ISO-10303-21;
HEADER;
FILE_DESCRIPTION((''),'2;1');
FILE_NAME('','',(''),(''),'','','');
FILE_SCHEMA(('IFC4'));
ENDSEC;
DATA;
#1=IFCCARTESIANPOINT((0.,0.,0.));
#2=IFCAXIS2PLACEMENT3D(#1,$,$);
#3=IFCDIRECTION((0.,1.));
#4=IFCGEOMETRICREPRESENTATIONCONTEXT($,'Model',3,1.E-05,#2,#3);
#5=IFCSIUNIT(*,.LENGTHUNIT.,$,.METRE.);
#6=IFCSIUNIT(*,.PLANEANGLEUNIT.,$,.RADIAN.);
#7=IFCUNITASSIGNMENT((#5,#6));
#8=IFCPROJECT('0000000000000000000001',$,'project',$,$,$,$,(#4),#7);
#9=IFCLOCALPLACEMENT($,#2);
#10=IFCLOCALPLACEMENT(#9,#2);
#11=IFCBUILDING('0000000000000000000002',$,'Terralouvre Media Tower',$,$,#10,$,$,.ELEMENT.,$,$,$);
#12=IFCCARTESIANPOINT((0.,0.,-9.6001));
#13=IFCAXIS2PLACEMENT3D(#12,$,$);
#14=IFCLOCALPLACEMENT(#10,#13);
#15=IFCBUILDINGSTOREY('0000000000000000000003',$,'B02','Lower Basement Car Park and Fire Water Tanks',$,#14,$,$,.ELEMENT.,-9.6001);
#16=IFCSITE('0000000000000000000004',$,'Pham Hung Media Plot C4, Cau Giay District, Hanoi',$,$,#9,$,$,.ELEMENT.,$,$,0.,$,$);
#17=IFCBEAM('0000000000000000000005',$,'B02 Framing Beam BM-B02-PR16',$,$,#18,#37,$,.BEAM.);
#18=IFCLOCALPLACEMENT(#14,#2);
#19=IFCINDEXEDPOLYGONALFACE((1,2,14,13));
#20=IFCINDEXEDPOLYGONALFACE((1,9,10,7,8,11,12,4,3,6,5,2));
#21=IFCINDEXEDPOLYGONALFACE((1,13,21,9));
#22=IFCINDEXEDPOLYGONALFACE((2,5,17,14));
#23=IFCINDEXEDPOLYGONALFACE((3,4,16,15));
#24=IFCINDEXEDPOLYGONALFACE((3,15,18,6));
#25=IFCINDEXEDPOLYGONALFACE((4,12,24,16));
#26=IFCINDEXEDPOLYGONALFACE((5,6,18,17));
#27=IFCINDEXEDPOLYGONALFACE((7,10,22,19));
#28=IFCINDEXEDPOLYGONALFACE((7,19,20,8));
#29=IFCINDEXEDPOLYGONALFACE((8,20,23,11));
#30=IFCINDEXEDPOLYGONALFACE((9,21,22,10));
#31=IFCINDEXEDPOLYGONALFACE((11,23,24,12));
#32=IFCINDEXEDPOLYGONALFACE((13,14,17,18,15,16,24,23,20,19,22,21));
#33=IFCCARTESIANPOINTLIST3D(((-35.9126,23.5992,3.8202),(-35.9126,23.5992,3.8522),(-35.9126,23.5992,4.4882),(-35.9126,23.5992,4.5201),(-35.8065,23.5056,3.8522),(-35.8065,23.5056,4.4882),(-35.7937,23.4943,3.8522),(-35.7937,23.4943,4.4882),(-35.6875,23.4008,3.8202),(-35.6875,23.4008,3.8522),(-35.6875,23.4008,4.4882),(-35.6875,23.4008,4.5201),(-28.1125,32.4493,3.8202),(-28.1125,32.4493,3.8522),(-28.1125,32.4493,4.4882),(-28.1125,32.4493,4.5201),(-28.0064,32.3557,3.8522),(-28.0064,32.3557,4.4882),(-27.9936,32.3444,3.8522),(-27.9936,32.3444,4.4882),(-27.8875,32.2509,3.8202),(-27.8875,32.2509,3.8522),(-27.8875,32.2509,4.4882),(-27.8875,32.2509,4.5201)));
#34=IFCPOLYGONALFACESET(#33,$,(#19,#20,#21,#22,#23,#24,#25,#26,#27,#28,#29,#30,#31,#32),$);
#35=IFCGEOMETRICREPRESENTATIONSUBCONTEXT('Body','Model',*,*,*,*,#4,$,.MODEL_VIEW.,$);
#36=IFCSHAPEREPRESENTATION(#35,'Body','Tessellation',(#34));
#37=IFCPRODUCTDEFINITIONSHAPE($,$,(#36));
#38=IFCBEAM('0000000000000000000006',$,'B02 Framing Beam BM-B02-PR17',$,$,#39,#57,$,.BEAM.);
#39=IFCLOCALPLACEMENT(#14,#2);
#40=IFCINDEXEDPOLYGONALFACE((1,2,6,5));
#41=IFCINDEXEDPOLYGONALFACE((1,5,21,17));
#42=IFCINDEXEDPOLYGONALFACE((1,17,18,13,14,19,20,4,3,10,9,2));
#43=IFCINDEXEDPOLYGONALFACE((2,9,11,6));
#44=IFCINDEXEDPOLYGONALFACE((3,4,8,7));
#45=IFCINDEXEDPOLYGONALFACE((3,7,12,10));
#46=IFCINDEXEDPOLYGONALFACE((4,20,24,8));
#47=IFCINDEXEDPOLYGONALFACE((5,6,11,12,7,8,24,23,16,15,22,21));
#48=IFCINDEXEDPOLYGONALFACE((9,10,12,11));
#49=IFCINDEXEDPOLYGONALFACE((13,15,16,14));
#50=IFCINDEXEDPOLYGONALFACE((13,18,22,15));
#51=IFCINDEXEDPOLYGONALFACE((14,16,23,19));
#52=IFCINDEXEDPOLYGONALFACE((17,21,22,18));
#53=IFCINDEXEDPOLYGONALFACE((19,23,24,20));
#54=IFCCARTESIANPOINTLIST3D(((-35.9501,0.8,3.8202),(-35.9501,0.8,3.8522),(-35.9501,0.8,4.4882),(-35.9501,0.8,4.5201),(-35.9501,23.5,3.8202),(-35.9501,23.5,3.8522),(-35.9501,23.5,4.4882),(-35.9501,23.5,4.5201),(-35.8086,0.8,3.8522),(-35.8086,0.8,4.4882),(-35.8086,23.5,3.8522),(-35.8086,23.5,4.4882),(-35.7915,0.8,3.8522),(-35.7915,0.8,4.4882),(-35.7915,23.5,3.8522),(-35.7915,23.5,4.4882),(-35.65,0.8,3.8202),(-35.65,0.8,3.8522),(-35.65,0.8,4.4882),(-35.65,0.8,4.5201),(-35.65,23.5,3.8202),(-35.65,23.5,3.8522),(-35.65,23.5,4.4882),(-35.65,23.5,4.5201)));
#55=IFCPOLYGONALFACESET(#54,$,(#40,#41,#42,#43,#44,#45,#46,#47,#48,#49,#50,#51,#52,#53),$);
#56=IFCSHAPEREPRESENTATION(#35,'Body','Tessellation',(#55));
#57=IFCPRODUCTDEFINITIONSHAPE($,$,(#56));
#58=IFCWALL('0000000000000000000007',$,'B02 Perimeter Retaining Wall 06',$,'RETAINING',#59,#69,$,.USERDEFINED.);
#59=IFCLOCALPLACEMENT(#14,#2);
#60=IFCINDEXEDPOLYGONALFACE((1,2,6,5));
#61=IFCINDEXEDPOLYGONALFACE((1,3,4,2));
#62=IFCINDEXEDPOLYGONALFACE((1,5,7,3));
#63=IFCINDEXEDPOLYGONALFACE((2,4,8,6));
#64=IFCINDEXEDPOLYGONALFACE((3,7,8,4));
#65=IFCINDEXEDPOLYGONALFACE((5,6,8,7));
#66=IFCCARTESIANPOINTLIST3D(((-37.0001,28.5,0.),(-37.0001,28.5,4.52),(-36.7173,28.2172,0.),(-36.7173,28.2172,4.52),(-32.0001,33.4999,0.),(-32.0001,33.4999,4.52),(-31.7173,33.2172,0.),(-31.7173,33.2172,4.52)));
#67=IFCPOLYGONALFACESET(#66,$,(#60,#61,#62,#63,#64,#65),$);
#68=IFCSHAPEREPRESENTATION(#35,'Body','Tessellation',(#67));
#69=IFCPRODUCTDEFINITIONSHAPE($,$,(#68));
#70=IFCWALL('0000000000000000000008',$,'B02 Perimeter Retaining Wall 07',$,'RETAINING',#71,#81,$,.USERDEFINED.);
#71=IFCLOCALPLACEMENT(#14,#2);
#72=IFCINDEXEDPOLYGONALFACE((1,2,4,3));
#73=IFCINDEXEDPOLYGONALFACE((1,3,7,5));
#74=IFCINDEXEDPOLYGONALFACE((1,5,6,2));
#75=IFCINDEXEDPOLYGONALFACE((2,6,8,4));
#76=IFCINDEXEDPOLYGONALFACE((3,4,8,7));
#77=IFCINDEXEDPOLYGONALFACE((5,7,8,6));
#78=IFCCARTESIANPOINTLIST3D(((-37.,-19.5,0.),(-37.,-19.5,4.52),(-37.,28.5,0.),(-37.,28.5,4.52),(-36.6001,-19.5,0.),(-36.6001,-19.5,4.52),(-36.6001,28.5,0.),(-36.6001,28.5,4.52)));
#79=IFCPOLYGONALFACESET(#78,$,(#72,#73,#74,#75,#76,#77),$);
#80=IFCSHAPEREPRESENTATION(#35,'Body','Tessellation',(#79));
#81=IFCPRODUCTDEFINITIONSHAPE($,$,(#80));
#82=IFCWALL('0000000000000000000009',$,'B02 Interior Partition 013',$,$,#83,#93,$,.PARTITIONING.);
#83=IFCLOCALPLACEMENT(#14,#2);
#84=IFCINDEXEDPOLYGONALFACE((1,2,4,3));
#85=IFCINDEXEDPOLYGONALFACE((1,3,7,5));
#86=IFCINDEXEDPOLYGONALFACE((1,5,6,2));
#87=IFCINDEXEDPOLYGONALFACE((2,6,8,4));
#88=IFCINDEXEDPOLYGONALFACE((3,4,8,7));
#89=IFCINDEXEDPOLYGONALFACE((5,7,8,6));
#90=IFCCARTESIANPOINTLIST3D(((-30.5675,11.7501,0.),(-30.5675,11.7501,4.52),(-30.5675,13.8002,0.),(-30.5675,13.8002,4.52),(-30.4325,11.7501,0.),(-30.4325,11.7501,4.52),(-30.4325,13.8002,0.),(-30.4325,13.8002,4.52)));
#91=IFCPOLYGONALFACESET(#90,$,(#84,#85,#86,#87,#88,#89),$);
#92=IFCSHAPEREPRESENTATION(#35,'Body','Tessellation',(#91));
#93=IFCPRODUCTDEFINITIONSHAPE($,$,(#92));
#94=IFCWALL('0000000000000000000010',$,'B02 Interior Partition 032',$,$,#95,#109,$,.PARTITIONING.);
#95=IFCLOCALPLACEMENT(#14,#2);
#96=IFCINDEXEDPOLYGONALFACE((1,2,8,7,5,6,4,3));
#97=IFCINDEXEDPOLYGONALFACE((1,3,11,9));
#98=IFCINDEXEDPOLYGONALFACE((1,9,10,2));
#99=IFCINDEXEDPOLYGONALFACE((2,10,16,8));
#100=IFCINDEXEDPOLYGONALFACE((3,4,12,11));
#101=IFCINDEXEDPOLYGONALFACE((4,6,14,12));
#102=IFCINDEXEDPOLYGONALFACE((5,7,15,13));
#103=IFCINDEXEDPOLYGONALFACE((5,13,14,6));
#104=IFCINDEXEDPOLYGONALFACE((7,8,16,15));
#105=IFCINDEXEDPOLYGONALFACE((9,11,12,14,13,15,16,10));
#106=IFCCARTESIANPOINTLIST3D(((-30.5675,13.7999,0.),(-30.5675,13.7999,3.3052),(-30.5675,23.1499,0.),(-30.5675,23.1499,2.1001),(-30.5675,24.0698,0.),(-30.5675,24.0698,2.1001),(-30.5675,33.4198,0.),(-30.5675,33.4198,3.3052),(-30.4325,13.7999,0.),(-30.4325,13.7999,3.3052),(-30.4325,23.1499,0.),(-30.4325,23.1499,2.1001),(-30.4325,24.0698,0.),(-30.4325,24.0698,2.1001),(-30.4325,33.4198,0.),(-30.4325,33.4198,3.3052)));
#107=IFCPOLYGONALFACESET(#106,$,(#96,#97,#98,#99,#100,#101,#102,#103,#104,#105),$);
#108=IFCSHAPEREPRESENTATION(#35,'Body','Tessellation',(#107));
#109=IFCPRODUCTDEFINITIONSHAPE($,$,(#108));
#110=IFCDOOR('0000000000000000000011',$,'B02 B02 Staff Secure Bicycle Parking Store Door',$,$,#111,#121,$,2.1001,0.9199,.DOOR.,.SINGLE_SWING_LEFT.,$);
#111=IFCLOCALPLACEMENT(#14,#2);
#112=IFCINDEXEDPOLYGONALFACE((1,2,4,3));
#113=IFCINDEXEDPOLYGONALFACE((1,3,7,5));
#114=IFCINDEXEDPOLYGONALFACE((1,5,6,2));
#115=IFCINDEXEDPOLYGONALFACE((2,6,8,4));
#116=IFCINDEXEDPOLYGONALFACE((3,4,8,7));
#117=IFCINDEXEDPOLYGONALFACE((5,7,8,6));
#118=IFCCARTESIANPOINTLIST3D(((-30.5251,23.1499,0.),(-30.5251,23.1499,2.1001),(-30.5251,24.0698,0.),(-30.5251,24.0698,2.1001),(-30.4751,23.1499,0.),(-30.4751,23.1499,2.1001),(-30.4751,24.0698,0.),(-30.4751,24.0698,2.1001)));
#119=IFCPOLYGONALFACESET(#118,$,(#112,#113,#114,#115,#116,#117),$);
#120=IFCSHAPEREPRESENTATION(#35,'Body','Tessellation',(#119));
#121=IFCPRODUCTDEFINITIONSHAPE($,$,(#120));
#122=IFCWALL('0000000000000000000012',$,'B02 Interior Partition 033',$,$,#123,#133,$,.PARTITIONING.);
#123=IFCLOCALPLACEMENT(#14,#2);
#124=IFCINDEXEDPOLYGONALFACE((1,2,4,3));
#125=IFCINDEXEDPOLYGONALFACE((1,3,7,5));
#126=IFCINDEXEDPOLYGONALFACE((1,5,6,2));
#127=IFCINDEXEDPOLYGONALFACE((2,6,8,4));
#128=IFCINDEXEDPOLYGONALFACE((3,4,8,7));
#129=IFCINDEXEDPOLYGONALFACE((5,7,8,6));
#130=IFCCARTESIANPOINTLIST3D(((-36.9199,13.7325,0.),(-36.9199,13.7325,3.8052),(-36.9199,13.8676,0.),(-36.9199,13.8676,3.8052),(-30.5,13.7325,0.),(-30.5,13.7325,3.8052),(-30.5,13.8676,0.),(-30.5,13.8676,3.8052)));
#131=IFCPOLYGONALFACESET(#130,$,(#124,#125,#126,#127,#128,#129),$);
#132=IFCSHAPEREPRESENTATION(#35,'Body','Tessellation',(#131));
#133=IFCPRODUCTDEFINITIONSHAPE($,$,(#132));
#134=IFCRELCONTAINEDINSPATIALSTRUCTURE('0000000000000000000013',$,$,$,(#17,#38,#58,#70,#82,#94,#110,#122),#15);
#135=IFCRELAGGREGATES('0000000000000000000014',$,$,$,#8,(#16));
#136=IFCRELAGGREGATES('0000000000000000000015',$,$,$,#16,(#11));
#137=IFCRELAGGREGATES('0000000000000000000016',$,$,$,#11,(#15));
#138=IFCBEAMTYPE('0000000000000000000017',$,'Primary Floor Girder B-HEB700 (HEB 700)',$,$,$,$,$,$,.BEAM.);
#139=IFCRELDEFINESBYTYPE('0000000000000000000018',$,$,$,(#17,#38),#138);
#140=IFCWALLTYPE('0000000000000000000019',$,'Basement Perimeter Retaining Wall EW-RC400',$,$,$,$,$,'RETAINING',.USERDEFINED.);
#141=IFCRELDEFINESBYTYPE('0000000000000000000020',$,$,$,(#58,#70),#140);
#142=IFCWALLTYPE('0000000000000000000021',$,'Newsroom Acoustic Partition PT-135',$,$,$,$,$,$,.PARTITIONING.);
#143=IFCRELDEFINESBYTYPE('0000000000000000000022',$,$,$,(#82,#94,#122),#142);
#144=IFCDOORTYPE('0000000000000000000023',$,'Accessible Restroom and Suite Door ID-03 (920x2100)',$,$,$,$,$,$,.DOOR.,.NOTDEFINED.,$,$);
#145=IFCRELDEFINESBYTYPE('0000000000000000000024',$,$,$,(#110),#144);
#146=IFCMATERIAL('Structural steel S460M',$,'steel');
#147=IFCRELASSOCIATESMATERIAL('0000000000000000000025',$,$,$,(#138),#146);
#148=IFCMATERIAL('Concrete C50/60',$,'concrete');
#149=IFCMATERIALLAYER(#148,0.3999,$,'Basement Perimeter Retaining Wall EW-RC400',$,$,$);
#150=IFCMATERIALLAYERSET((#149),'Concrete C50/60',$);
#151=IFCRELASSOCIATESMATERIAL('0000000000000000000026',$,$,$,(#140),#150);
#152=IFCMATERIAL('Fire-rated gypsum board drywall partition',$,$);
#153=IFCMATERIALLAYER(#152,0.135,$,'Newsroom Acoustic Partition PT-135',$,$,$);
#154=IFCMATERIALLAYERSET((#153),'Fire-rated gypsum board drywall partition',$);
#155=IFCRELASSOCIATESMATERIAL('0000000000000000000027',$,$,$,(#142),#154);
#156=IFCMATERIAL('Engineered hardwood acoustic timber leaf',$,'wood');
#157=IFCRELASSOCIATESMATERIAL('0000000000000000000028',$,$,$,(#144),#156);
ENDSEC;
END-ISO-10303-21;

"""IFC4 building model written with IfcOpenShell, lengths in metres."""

from ifc_helpers import new_model, si_unit, direction, frame, frame_2d, origin, origin_2d, place, context, subcontext, project, spatial, rectangle, i_section, extrude, material, layer, layer_set, material_profile, profile_set, type_object, element, fill, save


model = new_model("IFC4")

# Units and contexts
model_context = context("Model", 3, precision=1e-05, world=origin(), true_north=direction((0.0, 1.0)))
body_context = subcontext(model_context, "Body", "Model", "MODEL_VIEW")
ifc_project = project(units=[si_unit("LENGTHUNIT", "METRE"), si_unit("PLANEANGLEUNIT", "RADIAN")], contexts=[model_context])

# Site, building, storey
site_placement = place(None, origin())
site = spatial("IfcSite", under=ifc_project, at=site_placement, Name="Pham Hung Media Plot C4, Cau Giay District, Hanoi", CompositionType="ELEMENT", RefElevation=0.0)
building_placement = place(site_placement, origin())
building = spatial("IfcBuilding", under=site, at=building_placement, Name="Terralouvre Media Tower", CompositionType="ELEMENT")
storey_placement = place(building_placement, frame((0.0, 0.0, -9.6001)))
storey = spatial("IfcBuildingStorey", under=building, at=storey_placement, Name="B02", Description="Lower Basement Car Park and Fire Water Tanks", CompositionType="ELEMENT", Elevation=-9.6001)

# Beams
ifc_material_1 = material(Name="Structural steel S460M", Category="steel")
ifc_material_profile_1 = material_profile(ifc_material_1, i_section(OverallWidth=0.3, OverallDepth=0.7, WebThickness=0.0171, FlangeThickness=0.032, at=origin_2d()), Name="HEB 700")
ifc_profile_set_1 = profile_set([ifc_material_profile_1], Name="Structural steel S460M")
beam_type_1 = type_object("IfcBeamType", Name="Primary Floor Girder B-HEB700 (HEB 700)", PredefinedType="BEAM", material=ifc_profile_set_1)
beam_1_placement = place(storey_placement, frame((-28.0, 32.3501, 4.1702), z_axis=(-0.661199, -0.75021, 0.0), x_axis=(0.75021, -0.661199, 0.0)))
element("IfcBeam", 1, at=beam_1_placement, inside=storey, type_object=beam_type_1, Name="B02 Framing Beam BM-B02-PR16", PredefinedType="BEAM", context=body_context, shape_type="SweptSolid", body=[
    extrude(i_section(OverallWidth=0.3, OverallDepth=0.7, WebThickness=0.0171, FlangeThickness=0.032, at=origin_2d()), origin(), (0.0, 0.0, 1.0), 11.7969),
])
beam_2_placement = place(storey_placement, frame((-35.8, 23.5, 4.1702), z_axis=(0.0, -1.0, 0.0), x_axis=(1.0, 0.0, 0.0)))
element("IfcBeam", 2, at=beam_2_placement, inside=storey, type_object=beam_type_1, Name="B02 Framing Beam BM-B02-PR17", PredefinedType="BEAM", context=body_context, shape_type="SweptSolid", body=[
    extrude(i_section(OverallWidth=0.3, OverallDepth=0.7, WebThickness=0.0171, FlangeThickness=0.032, at=origin_2d()), origin(), (0.0, 0.0, 1.0), 22.7),
])

# Walls
ifc_material_2 = material(Name="Concrete C50/60", Category="concrete")
ifc_layer_1 = layer(ifc_material_2, 0.3999, Name="Basement Perimeter Retaining Wall EW-RC400")
ifc_layer_set_1 = layer_set([ifc_layer_1], Name="Concrete C50/60")
wall_type_1 = type_object("IfcWallType", Name="Basement Perimeter Retaining Wall EW-RC400", ElementType="RETAINING", PredefinedType="USERDEFINED", material=ifc_layer_set_1)
wall_1_placement = place(storey_placement, frame((-31.8586, 33.3586, 0.0), z_axis=(0.0, 0.0, 1.0), x_axis=(-0.707107, -0.707107, 0.0)))
element("IfcWall", 3, at=wall_1_placement, inside=storey, type_object=wall_type_1, Name="B02 Perimeter Retaining Wall 06", ObjectType="RETAINING", PredefinedType="USERDEFINED", context=body_context, shape_type="SweptSolid", body=[
    extrude(rectangle(XDim=7.071, YDim=0.3999, at=frame_2d((3.5356, 0.0))), origin(), (0.0, 0.0, 1.0), 4.52),
])
wall_2_placement = place(storey_placement, frame((-36.8, 28.5, 0.0), z_axis=(0.0, 0.0, 1.0), x_axis=(0.0, -1.0, 0.0)))
element("IfcWall", 4, at=wall_2_placement, inside=storey, type_object=wall_type_1, Name="B02 Perimeter Retaining Wall 07", ObjectType="RETAINING", PredefinedType="USERDEFINED", context=body_context, shape_type="SweptSolid", body=[
    extrude(rectangle(XDim=48.0, YDim=0.3999, at=frame_2d((24.0, 0.0))), origin(), (0.0, 0.0, 1.0), 4.52),
])
ifc_material_3 = material(Name="Fire-rated gypsum board drywall partition")
ifc_layer_2 = layer(ifc_material_3, 0.135, Name="Newsroom Acoustic Partition PT-135")
ifc_layer_set_2 = layer_set([ifc_layer_2], Name="Fire-rated gypsum board drywall partition")
wall_type_2 = type_object("IfcWallType", Name="Newsroom Acoustic Partition PT-135", PredefinedType="PARTITIONING", material=ifc_layer_set_2)
wall_3_placement = place(storey_placement, frame((-30.5, 13.8, 0.0), z_axis=(0.0, 0.0, 1.0), x_axis=(0.0, -1.0, 0.0)))
element("IfcWall", 5, at=wall_3_placement, inside=storey, type_object=wall_type_2, Name="B02 Interior Partition 013", PredefinedType="PARTITIONING", context=body_context, shape_type="SweptSolid", body=[
    extrude(rectangle(XDim=2.05, YDim=0.135, at=frame_2d((1.0249, 0.0))), origin(), (0.0, 0.0, 1.0), 4.52),
])

# Wall, opening, door
wall_4_placement = place(storey_placement, frame((-30.5, 33.4199, 0.0), z_axis=(0.0, 0.0, 1.0), x_axis=(0.0, -1.0, 0.0)))
wall_4 = element("IfcWall", 6, at=wall_4_placement, inside=storey, type_object=wall_type_2, Name="B02 Interior Partition 032", PredefinedType="PARTITIONING", context=body_context, shape_type="SweptSolid", body=[
    extrude(rectangle(XDim=19.6199, YDim=0.135, at=frame_2d((9.8101, 0.0))), origin(), (0.0, 0.0, 1.0), 3.3052),
])
opening_placement = place(wall_4_placement, frame((9.3501, 0.0, 0.0)))
opening = element("IfcOpeningElement", 7, at=opening_placement, cuts=wall_4, PredefinedType="OPENING", context=body_context, shape_type="SweptSolid", body=[
    extrude(rectangle(XDim=0.9199, YDim=2.1001, at=frame_2d((0.46, 1.05))), frame((0.0, 0.0774, 0.0), z_axis=(0.0, -1.0, 0.0), x_axis=(1.0, 0.0, 0.0)), (0.0, 0.0, 1.0), 0.155),
])
ifc_material_4 = material(Name="Engineered hardwood acoustic timber leaf", Category="wood")
door_type = type_object("IfcDoorType", Name="Accessible Restroom and Suite Door ID-03 (920x2100)", OperationType="NOTDEFINED", PredefinedType="DOOR", material=ifc_material_4)
door_placement = place(opening_placement, origin())
door = element("IfcDoor", 8, at=door_placement, inside=storey, type_object=door_type, Name="B02 B02 Staff Secure Bicycle Parking Store Door", OperationType="SINGLE_SWING_LEFT", OverallHeight=2.1001, OverallWidth=0.9199, PredefinedType="DOOR", context=body_context, shape_type="SweptSolid", body=[
    extrude(rectangle(XDim=0.9199, YDim=2.1001, at=frame_2d((0.46, 1.05))), frame((0.0, 0.0249, 0.0), z_axis=(0.0, -1.0, 0.0), x_axis=(1.0, 0.0, 0.0)), (0.0, 0.0, 1.0), 0.05),
])
fill(opening, door)

# Wall
wall_5_placement = place(storey_placement, frame((-36.9199, 13.8, 0.0), z_axis=(0.0, 0.0, 1.0), x_axis=(1.0, 0.0, 0.0)))
element("IfcWall", 9, at=wall_5_placement, inside=storey, type_object=wall_type_2, Name="B02 Interior Partition 033", PredefinedType="PARTITIONING", context=body_context, shape_type="SweptSolid", body=[
    extrude(rectangle(XDim=6.4199, YDim=0.135, at=frame_2d((3.21, 0.0))), origin(), (0.0, 0.0, 1.0), 3.8052),
])

save(model, "model.ifc")
